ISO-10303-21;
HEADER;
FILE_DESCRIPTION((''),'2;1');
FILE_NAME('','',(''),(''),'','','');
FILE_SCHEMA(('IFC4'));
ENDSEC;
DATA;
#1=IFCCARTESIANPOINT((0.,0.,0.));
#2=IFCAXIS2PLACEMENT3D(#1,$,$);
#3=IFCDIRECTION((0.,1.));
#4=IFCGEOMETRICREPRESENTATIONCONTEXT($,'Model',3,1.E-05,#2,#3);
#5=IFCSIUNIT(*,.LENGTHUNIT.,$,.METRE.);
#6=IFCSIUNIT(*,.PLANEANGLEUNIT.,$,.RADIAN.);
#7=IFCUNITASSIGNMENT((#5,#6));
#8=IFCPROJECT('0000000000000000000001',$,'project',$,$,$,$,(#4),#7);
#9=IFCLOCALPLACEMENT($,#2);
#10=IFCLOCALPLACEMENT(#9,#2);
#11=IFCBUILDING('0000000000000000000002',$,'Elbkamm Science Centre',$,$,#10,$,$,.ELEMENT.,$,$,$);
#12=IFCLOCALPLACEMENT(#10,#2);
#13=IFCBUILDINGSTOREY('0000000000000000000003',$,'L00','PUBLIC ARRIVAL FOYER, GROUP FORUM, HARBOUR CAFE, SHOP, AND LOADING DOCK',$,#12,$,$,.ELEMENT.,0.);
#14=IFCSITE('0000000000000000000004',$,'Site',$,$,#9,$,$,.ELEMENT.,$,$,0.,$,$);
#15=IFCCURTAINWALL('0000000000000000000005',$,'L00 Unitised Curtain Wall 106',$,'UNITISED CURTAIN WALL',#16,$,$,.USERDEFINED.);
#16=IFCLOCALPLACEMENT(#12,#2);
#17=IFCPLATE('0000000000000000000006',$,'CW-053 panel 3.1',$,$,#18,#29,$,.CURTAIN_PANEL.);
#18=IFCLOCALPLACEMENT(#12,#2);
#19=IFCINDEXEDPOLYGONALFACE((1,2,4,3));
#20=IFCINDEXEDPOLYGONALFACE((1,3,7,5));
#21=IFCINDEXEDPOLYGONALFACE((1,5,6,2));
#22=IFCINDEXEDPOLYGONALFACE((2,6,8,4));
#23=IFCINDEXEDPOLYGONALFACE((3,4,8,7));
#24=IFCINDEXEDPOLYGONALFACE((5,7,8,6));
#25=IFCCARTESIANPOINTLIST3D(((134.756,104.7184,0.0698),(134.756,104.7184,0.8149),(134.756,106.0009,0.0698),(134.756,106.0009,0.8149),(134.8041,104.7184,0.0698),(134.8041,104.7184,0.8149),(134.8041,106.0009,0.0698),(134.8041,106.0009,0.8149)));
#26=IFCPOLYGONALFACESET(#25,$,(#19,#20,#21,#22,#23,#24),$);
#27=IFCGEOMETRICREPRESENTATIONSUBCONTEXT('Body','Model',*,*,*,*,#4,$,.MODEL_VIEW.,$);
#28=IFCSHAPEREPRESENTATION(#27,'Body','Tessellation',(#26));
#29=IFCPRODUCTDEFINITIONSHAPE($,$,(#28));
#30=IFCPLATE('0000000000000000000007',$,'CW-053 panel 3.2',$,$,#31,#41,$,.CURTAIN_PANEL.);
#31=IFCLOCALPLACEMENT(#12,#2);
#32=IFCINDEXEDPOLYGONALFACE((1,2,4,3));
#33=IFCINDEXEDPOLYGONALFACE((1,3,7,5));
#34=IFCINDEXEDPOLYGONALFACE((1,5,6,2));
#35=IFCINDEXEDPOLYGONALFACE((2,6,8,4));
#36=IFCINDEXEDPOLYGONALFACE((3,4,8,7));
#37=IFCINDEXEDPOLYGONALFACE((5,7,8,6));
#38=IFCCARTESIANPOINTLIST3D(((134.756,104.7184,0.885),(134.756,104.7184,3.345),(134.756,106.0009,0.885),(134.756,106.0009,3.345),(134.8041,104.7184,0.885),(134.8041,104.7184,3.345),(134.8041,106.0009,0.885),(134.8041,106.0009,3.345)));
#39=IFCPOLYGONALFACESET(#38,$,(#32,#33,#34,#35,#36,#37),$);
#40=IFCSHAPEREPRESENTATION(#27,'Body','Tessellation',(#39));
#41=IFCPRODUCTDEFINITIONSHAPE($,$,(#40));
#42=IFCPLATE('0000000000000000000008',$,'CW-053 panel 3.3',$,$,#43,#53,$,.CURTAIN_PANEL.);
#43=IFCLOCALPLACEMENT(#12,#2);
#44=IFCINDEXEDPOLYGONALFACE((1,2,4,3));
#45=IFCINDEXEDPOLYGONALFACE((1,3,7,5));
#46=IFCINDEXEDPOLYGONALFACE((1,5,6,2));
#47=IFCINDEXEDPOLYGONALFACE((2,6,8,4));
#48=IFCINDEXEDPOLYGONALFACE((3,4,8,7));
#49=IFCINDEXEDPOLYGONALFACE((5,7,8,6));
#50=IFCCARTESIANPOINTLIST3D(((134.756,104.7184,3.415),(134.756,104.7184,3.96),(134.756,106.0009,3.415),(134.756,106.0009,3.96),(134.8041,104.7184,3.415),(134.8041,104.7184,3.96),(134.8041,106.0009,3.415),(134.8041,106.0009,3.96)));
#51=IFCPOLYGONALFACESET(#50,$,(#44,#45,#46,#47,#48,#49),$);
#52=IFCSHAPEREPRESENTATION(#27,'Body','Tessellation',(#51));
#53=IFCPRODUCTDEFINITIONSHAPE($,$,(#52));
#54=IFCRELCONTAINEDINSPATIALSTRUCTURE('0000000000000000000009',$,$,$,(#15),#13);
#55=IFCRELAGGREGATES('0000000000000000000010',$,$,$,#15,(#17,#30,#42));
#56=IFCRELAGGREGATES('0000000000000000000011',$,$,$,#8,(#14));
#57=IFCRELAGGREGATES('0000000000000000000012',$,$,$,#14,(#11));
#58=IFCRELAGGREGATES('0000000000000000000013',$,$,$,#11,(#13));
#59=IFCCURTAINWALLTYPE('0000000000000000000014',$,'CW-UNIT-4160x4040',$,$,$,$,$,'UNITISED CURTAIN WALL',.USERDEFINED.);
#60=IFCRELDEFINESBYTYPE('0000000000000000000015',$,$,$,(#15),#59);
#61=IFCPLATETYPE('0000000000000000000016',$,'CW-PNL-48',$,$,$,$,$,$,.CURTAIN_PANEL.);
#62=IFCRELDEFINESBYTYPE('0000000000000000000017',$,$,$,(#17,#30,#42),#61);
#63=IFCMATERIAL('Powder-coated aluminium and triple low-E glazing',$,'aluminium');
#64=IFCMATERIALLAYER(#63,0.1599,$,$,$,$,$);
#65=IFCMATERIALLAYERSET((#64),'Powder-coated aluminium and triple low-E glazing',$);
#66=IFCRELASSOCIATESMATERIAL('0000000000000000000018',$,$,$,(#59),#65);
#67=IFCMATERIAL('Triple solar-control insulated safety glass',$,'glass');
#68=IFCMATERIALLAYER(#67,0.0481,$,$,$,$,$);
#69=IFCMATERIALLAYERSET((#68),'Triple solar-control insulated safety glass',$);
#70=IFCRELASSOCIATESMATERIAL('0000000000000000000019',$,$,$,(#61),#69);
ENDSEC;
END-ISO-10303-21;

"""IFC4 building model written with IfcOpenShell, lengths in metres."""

from ifc_helpers import new_model, si_unit, direction, frame, origin, origin_2d, place, context, subcontext, project, spatial, rectangle, extrude, material, layer, layer_set, type_object, element, aggregate, save


model = new_model("IFC4")

# Units and contexts
model_context = context("Model", 3, precision=1e-05, world=origin(), true_north=direction((0.0, 1.0)))
body_context = subcontext(model_context, "Body", "Model", "MODEL_VIEW")
ifc_project = project(units=[si_unit("LENGTHUNIT", "METRE"), si_unit("PLANEANGLEUNIT", "RADIAN")], contexts=[model_context])

# Site, building, storey
site_placement = place(None, origin())
site = spatial("IfcSite", under=ifc_project, at=site_placement, Name="Site", CompositionType="ELEMENT", RefElevation=0.0)
building_placement = place(site_placement, origin())
building = spatial("IfcBuilding", under=site, at=building_placement, Name="Elbkamm Science Centre", CompositionType="ELEMENT")
storey_placement = place(building_placement, origin())
storey = spatial("IfcBuildingStorey", under=building, at=storey_placement, Name="L00", Description="PUBLIC ARRIVAL FOYER, GROUP FORUM, HARBOUR CAFE, SHOP, AND LOADING DOCK", CompositionType="ELEMENT", Elevation=0.0)

# Curtain wall
ifc_material_1 = material(Name="Powder-coated aluminium and triple low-E glazing", Category="aluminium")
ifc_layer_1 = layer(ifc_material_1, 0.1599)
ifc_layer_set_1 = layer_set([ifc_layer_1], Name="Powder-coated aluminium and triple low-E glazing")
curtain_wall_type = type_object("IfcCurtainWallType", Name="CW-UNIT-4160x4040", ElementType="UNITISED CURTAIN WALL", PredefinedType="USERDEFINED", material=ifc_layer_set_1)
curtain_wall_1_placement = place(storey_placement, origin())
curtain_wall_1 = element("IfcCurtainWall", 1, at=curtain_wall_1_placement, inside=storey, type_object=curtain_wall_type, Name="L00 Unitised Curtain Wall 106", ObjectType="UNITISED CURTAIN WALL", PredefinedType="USERDEFINED")

# Plates
ifc_material_2 = material(Name="Triple solar-control insulated safety glass", Category="glass")
ifc_layer_2 = layer(ifc_material_2, 0.0481)
ifc_layer_set_2 = layer_set([ifc_layer_2], Name="Triple solar-control insulated safety glass")
plate_type = type_object("IfcPlateType", Name="CW-PNL-48", PredefinedType="CURTAIN_PANEL", material=ifc_layer_set_2)
plate_1_placement = place(storey_placement, frame((134.78, 105.3596, 0.0698), z_axis=(0.0, 0.0, 1.0), x_axis=(0.0, 1.0, 0.0)))
plate_1 = element("IfcPlate", 2, at=plate_1_placement, type_object=plate_type, Name="CW-053 panel 3.1", PredefinedType="CURTAIN_PANEL", context=body_context, shape_type="SweptSolid", body=[
    extrude(rectangle(XDim=1.2825, YDim=0.0481, at=origin_2d()), origin(), (0.0, 0.0, 1.0), 0.7451),
])
plate_2_placement = place(storey_placement, frame((134.78, 105.3596, 0.885), z_axis=(0.0, 0.0, 1.0), x_axis=(0.0, 1.0, 0.0)))
plate_2 = element("IfcPlate", 3, at=plate_2_placement, type_object=plate_type, Name="CW-053 panel 3.2", PredefinedType="CURTAIN_PANEL", context=body_context, shape_type="SweptSolid", body=[
    extrude(rectangle(XDim=1.2825, YDim=0.0481, at=origin_2d()), origin(), (0.0, 0.0, 1.0), 2.46),
])
plate_3_placement = place(storey_placement, frame((134.78, 105.3596, 3.415), z_axis=(0.0, 0.0, 1.0), x_axis=(0.0, 1.0, 0.0)))
plate_3 = element("IfcPlate", 4, at=plate_3_placement, type_object=plate_type, Name="CW-053 panel 3.3", PredefinedType="CURTAIN_PANEL", context=body_context, shape_type="SweptSolid", body=[
    extrude(rectangle(XDim=1.2825, YDim=0.0481, at=origin_2d()), origin(), (0.0, 0.0, 1.0), 0.5449),
])
aggregate(curtain_wall_1, [plate_1, plate_2, plate_3])

save(model, "model.ifc")
